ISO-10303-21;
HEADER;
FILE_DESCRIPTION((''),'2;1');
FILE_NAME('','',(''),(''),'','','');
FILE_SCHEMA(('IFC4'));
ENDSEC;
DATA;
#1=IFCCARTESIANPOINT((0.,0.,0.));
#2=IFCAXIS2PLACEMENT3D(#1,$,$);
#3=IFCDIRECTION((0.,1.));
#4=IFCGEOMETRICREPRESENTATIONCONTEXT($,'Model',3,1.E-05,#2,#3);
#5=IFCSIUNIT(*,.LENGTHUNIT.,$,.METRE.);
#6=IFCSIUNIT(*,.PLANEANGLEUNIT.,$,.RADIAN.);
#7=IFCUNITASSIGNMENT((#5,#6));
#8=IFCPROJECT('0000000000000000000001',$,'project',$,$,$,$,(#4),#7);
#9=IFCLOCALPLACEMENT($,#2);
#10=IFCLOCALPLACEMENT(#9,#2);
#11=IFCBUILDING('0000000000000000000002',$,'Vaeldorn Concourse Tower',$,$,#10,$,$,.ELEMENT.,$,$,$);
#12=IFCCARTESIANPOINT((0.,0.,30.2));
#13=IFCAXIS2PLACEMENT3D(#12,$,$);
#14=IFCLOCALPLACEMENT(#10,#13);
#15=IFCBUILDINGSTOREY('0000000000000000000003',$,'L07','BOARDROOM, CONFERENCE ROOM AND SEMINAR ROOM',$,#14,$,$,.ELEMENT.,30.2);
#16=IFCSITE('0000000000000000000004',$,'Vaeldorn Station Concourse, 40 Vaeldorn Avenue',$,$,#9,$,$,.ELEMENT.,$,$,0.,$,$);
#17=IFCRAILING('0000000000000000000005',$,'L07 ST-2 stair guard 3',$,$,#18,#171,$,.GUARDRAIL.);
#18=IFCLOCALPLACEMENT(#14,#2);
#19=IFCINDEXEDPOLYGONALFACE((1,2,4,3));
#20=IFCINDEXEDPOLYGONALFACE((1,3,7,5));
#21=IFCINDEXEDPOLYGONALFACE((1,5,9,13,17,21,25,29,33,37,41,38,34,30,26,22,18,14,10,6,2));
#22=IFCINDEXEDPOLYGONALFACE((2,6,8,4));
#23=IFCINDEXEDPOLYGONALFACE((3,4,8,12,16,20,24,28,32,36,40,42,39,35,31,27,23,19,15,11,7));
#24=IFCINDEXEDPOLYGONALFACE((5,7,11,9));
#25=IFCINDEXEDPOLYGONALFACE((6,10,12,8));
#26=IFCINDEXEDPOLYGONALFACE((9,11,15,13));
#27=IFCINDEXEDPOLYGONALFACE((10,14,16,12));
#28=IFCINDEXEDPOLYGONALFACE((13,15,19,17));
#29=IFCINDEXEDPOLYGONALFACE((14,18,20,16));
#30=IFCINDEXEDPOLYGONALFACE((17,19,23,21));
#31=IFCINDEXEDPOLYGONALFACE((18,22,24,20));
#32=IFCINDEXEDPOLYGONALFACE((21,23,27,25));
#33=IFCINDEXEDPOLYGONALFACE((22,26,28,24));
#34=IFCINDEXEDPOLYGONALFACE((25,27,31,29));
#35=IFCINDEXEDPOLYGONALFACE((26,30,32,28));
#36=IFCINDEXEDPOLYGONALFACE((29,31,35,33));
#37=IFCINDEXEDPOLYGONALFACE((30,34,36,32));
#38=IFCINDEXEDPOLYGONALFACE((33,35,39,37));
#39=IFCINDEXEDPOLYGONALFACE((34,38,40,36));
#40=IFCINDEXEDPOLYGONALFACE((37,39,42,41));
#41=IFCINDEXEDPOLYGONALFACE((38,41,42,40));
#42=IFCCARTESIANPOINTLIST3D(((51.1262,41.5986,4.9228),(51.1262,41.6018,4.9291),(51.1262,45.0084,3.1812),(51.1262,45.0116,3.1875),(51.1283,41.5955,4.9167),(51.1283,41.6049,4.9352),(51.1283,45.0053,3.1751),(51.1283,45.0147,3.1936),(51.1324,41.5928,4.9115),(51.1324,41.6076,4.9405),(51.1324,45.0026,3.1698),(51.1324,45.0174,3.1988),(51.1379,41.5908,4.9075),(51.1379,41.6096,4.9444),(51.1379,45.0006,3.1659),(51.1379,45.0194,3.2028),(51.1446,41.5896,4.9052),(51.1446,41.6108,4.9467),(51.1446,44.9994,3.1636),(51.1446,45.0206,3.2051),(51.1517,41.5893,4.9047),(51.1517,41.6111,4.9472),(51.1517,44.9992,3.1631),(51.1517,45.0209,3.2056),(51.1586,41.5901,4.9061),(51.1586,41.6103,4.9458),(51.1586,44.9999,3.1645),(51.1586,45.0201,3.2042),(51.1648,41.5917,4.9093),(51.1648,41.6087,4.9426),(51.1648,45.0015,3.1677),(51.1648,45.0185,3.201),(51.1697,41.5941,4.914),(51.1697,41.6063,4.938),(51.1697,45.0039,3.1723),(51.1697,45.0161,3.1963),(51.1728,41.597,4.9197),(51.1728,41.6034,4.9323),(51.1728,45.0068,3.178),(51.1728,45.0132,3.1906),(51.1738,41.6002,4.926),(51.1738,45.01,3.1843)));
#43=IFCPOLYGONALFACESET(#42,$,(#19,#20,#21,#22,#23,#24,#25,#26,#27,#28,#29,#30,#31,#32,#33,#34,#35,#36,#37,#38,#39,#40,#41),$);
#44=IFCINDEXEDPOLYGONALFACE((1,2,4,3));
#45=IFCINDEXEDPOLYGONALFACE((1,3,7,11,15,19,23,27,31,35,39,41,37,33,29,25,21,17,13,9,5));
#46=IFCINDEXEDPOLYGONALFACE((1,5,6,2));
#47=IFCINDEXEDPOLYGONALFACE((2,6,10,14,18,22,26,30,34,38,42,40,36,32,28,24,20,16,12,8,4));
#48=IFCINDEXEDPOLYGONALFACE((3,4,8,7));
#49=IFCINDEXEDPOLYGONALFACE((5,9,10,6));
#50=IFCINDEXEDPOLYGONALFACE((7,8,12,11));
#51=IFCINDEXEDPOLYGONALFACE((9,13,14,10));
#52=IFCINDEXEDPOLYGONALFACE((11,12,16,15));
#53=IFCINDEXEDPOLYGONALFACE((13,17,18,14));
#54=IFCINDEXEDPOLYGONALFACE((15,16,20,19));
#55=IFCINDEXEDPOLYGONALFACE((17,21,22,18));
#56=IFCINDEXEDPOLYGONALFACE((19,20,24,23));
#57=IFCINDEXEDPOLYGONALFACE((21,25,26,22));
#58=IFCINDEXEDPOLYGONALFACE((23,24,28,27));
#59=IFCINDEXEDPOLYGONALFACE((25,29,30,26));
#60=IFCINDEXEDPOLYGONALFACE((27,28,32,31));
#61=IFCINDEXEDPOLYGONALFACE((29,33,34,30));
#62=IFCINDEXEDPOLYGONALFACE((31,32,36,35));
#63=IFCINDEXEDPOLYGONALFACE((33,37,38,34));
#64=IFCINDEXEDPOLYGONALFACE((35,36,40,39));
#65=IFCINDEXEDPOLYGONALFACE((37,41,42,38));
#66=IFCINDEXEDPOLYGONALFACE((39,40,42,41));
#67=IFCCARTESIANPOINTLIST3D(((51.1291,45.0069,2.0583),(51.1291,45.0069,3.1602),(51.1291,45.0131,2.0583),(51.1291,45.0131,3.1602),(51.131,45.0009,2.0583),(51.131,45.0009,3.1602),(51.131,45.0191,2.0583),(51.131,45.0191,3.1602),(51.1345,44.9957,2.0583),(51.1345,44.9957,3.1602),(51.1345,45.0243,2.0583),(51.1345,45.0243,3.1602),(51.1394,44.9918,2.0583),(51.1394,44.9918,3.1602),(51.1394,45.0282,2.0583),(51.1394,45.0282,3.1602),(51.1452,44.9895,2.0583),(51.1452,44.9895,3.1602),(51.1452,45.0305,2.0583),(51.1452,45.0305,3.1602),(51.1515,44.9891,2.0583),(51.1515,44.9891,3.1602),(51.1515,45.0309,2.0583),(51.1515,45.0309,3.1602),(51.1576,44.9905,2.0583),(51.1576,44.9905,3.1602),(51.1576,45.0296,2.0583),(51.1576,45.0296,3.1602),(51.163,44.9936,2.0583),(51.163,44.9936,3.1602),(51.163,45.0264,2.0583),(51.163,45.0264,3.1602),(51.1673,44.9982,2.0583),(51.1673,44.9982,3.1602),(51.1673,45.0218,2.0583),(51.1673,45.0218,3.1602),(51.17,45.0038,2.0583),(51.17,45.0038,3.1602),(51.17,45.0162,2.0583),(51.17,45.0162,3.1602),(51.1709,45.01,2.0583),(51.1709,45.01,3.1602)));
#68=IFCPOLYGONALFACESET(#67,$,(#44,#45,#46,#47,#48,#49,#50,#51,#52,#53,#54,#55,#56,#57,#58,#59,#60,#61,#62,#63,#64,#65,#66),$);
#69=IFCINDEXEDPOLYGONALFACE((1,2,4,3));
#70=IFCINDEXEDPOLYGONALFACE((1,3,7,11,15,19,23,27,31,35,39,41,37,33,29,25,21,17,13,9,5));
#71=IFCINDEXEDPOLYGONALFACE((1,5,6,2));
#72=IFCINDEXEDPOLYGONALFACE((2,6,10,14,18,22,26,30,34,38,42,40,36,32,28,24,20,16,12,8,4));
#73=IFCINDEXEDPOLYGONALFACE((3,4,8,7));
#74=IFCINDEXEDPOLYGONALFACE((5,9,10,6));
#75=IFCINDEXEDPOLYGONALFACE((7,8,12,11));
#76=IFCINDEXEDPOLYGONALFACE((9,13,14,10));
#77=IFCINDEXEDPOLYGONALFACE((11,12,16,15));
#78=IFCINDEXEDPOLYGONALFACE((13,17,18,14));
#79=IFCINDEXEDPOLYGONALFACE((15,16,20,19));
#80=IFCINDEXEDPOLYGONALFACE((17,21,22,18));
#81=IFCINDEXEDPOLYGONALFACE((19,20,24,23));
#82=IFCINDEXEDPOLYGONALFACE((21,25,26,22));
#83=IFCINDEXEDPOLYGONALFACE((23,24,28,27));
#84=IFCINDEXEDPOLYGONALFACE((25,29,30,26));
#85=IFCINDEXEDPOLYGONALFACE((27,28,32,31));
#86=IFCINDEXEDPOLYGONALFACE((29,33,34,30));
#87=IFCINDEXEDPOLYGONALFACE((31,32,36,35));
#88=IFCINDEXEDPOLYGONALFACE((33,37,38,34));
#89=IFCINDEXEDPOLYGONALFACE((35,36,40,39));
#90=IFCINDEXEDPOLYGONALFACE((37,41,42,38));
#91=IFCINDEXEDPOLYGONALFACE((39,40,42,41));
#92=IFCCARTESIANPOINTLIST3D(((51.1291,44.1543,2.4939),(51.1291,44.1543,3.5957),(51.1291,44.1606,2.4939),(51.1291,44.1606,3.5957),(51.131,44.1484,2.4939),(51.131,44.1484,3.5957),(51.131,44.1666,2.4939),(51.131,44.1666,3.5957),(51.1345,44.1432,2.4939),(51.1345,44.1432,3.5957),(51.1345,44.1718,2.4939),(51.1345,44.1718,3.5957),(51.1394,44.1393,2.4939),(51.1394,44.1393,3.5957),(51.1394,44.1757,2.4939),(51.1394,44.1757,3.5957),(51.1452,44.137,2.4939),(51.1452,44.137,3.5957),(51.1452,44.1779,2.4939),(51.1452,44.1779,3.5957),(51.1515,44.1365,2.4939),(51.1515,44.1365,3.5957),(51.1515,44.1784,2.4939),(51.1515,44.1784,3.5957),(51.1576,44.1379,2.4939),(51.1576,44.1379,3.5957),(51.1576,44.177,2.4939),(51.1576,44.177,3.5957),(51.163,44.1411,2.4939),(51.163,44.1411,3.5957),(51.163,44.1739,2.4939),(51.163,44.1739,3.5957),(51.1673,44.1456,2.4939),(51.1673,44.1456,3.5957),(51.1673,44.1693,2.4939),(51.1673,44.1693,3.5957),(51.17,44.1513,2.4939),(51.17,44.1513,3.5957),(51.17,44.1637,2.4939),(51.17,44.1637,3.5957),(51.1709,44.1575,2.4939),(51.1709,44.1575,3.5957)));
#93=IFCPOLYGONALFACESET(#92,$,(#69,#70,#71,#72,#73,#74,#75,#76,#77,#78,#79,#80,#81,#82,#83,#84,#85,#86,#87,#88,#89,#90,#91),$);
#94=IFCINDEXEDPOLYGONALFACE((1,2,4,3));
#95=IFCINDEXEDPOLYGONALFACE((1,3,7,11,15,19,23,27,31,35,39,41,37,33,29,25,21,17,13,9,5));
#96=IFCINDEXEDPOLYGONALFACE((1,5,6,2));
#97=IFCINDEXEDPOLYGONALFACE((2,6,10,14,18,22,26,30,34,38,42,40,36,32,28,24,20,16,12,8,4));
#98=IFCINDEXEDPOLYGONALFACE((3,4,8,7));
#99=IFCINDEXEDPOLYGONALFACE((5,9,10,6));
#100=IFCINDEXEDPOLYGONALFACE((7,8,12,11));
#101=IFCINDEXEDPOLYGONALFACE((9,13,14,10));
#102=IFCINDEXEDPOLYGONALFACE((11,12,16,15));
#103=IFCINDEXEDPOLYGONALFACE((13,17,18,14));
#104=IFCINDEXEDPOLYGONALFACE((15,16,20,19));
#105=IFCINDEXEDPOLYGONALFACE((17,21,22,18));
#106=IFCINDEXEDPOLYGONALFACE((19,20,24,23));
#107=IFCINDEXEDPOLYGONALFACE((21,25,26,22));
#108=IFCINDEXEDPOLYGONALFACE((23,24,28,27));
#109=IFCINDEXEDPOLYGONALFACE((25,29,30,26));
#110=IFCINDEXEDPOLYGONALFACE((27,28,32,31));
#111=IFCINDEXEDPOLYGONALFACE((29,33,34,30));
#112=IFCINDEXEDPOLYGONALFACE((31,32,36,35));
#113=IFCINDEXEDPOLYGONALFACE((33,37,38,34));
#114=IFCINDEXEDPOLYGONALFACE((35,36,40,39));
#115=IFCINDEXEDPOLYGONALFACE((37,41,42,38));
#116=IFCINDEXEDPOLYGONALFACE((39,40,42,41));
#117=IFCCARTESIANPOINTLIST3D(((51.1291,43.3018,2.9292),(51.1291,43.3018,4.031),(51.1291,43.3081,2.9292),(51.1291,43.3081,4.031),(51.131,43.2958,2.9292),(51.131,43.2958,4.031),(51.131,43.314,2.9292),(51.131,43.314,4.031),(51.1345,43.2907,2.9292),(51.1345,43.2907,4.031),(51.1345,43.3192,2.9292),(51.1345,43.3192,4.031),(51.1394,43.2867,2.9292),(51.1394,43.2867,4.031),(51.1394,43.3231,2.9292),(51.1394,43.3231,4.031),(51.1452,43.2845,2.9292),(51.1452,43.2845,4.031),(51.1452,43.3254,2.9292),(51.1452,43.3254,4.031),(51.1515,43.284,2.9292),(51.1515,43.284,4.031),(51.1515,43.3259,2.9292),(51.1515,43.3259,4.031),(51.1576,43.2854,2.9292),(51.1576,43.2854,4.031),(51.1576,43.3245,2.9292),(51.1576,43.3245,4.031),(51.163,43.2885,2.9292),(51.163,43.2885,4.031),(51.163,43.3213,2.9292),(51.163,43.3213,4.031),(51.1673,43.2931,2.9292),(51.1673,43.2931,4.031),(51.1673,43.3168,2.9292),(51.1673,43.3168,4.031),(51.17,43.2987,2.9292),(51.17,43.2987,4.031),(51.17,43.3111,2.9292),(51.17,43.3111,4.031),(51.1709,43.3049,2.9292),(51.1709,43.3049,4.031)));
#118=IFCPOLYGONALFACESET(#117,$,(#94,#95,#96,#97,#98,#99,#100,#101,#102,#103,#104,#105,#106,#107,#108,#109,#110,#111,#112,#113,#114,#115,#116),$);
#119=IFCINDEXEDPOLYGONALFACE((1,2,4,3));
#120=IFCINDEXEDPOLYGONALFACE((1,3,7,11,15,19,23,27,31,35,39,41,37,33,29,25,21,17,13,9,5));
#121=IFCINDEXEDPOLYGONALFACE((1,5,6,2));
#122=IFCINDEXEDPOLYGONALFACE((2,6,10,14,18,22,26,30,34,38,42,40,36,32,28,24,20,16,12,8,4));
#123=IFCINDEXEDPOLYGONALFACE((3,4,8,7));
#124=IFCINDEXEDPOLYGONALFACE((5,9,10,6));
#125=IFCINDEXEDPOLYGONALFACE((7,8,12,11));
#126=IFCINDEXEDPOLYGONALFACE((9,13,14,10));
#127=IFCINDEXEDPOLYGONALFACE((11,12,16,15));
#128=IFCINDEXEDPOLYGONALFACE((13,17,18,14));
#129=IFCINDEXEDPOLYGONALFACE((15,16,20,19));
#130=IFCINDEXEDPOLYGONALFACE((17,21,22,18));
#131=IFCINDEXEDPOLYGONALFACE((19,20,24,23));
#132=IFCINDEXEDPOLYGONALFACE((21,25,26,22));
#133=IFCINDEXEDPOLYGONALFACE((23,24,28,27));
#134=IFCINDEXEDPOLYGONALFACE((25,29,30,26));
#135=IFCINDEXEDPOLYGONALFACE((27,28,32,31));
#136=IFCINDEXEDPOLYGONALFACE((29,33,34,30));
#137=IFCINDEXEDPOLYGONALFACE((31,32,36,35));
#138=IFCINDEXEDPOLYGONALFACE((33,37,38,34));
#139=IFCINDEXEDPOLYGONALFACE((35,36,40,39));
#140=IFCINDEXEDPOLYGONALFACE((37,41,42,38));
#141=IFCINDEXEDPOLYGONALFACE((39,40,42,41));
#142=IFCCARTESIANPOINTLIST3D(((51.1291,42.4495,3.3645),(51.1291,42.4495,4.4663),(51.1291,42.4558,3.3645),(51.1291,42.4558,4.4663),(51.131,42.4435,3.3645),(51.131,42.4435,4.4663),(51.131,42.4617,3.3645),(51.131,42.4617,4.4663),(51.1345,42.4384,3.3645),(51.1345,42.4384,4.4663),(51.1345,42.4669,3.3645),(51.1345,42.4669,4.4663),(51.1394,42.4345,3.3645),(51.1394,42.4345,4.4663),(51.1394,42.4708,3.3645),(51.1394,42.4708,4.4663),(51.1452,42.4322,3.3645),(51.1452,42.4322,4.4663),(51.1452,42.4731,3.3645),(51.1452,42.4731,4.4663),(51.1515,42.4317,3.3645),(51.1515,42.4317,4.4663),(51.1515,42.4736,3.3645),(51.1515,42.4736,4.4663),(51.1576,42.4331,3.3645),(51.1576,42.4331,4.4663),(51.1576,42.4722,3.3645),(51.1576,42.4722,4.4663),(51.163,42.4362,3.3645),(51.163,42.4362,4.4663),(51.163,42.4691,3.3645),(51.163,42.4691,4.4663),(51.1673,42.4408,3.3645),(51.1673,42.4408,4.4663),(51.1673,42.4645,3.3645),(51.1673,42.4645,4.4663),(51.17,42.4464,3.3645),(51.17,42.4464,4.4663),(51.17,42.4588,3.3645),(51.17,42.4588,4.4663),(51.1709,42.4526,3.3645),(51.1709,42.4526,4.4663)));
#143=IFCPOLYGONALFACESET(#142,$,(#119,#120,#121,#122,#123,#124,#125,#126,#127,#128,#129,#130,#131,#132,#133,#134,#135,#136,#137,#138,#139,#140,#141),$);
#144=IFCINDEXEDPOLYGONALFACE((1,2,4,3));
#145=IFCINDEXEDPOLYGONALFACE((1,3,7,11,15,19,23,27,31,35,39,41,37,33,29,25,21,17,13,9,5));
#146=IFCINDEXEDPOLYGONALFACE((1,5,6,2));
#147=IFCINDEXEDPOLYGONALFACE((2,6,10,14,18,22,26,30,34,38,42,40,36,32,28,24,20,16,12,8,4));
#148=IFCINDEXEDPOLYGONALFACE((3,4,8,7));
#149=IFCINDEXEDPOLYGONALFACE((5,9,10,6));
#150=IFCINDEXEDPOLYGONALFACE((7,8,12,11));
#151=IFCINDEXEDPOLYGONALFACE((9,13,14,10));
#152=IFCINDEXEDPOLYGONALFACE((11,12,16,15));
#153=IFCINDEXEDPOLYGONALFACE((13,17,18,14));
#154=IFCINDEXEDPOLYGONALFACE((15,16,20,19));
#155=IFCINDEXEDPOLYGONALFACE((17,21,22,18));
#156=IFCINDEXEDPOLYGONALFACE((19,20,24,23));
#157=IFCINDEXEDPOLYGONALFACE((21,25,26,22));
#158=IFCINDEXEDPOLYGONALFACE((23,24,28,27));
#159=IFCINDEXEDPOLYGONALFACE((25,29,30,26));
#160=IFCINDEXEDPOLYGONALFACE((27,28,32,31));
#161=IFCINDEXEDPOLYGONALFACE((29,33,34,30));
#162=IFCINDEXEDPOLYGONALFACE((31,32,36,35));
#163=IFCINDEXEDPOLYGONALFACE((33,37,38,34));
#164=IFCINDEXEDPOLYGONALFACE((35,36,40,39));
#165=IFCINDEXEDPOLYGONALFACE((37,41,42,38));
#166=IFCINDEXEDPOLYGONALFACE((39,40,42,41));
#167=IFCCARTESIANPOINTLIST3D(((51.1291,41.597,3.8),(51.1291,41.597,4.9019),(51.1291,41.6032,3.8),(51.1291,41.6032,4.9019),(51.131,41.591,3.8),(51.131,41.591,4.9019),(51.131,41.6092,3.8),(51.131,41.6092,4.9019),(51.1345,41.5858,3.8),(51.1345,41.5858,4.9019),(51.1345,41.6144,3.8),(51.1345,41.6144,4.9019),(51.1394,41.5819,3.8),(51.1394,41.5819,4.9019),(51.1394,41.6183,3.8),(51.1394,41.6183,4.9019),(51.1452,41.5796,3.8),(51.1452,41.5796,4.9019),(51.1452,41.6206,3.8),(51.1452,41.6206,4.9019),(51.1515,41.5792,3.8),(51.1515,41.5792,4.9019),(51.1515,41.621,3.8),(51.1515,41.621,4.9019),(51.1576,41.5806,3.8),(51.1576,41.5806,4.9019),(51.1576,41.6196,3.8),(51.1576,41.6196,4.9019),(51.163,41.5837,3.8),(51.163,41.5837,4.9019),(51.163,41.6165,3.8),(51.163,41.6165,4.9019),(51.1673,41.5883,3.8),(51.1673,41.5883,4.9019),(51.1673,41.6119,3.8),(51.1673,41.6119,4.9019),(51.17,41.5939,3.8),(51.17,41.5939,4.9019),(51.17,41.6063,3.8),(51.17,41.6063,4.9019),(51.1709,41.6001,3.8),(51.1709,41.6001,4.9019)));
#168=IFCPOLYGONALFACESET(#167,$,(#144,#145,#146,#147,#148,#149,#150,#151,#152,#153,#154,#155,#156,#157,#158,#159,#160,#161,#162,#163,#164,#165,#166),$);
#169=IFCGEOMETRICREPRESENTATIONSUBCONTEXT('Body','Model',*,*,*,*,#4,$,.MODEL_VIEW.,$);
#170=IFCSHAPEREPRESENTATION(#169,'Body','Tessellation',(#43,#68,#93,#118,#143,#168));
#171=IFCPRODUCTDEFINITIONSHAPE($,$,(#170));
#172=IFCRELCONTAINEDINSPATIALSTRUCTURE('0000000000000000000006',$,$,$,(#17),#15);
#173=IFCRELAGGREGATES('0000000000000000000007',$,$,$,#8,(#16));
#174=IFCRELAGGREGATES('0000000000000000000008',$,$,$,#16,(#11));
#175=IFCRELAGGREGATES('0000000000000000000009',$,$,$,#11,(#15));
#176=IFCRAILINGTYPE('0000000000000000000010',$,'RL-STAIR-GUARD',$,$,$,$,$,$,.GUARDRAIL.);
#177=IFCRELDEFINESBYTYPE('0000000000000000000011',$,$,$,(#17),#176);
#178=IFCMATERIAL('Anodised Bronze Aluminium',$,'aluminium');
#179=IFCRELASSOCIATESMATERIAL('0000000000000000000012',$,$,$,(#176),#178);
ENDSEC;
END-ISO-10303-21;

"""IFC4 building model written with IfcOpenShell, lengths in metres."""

from ifc_helpers import new_model, si_unit, direction, frame, origin, origin_2d, place, context, subcontext, project, spatial, circle, extrude, material, type_object, element, save


model = new_model("IFC4")

# Units and contexts
model_context = context("Model", 3, precision=1e-05, world=origin(), true_north=direction((0.0, 1.0)))
body_context = subcontext(model_context, "Body", "Model", "MODEL_VIEW")
ifc_project = project(units=[si_unit("LENGTHUNIT", "METRE"), si_unit("PLANEANGLEUNIT", "RADIAN")], contexts=[model_context])

# Site, building, storey
site_placement = place(None, origin())
site = spatial("IfcSite", under=ifc_project, at=site_placement, Name="Vaeldorn Station Concourse, 40 Vaeldorn Avenue", CompositionType="ELEMENT", RefElevation=0.0)
building_placement = place(site_placement, origin())
building = spatial("IfcBuilding", under=site, at=building_placement, Name="Vaeldorn Concourse Tower", CompositionType="ELEMENT")
storey_placement = place(building_placement, frame((0.0, 0.0, 30.2)))
storey = spatial("IfcBuildingStorey", under=building, at=storey_placement, Name="L07", Description="BOARDROOM, CONFERENCE ROOM AND SEMINAR ROOM", CompositionType="ELEMENT", Elevation=30.2)

# Shared definitions
ifc_material_1 = material(Name="Anodised Bronze Aluminium", Category="aluminium")

# Railing
railing_type_1 = type_object("IfcRailingType", Name="RL-STAIR-GUARD", PredefinedType="GUARDRAIL", material=ifc_material_1)
railing_1_placement = place(storey_placement, frame((51.1499, 45.01, 2.0583)))
element("IfcRailing", 1, at=railing_1_placement, inside=storey, type_object=railing_type_1, Name="L07 ST-2 stair guard 3", PredefinedType="GUARDRAIL", context=body_context, shape_type="SweptSolid", body=[
    extrude(circle(Radius=0.0239, at=origin_2d()), frame((0.0, 0.0, 1.126), z_axis=(0.0, -0.890556, 0.454874), x_axis=(1.0, 0.0, 0.0)), (0.0, 0.0, 1.0), 3.8289),
    extrude(circle(Radius=0.021, at=origin_2d()), origin(), (0.0, 0.0, 1.0), 1.1018),
    extrude(circle(Radius=0.021, at=origin_2d()), frame((0.0, -0.8525, 0.4355)), (0.0, 0.0, 1.0), 1.1018),
    extrude(circle(Radius=0.021, at=origin_2d()), frame((0.0, -1.7051, 0.8708)), (0.0, 0.0, 1.0), 1.1018),
    extrude(circle(Radius=0.021, at=origin_2d()), frame((0.0, -2.5574, 1.3062)), (0.0, 0.0, 1.0), 1.1018),
    extrude(circle(Radius=0.021, at=origin_2d()), frame((0.0, -3.4099, 1.7417)), (0.0, 0.0, 1.0), 1.1018),
])

save(model, "model.ifc")
